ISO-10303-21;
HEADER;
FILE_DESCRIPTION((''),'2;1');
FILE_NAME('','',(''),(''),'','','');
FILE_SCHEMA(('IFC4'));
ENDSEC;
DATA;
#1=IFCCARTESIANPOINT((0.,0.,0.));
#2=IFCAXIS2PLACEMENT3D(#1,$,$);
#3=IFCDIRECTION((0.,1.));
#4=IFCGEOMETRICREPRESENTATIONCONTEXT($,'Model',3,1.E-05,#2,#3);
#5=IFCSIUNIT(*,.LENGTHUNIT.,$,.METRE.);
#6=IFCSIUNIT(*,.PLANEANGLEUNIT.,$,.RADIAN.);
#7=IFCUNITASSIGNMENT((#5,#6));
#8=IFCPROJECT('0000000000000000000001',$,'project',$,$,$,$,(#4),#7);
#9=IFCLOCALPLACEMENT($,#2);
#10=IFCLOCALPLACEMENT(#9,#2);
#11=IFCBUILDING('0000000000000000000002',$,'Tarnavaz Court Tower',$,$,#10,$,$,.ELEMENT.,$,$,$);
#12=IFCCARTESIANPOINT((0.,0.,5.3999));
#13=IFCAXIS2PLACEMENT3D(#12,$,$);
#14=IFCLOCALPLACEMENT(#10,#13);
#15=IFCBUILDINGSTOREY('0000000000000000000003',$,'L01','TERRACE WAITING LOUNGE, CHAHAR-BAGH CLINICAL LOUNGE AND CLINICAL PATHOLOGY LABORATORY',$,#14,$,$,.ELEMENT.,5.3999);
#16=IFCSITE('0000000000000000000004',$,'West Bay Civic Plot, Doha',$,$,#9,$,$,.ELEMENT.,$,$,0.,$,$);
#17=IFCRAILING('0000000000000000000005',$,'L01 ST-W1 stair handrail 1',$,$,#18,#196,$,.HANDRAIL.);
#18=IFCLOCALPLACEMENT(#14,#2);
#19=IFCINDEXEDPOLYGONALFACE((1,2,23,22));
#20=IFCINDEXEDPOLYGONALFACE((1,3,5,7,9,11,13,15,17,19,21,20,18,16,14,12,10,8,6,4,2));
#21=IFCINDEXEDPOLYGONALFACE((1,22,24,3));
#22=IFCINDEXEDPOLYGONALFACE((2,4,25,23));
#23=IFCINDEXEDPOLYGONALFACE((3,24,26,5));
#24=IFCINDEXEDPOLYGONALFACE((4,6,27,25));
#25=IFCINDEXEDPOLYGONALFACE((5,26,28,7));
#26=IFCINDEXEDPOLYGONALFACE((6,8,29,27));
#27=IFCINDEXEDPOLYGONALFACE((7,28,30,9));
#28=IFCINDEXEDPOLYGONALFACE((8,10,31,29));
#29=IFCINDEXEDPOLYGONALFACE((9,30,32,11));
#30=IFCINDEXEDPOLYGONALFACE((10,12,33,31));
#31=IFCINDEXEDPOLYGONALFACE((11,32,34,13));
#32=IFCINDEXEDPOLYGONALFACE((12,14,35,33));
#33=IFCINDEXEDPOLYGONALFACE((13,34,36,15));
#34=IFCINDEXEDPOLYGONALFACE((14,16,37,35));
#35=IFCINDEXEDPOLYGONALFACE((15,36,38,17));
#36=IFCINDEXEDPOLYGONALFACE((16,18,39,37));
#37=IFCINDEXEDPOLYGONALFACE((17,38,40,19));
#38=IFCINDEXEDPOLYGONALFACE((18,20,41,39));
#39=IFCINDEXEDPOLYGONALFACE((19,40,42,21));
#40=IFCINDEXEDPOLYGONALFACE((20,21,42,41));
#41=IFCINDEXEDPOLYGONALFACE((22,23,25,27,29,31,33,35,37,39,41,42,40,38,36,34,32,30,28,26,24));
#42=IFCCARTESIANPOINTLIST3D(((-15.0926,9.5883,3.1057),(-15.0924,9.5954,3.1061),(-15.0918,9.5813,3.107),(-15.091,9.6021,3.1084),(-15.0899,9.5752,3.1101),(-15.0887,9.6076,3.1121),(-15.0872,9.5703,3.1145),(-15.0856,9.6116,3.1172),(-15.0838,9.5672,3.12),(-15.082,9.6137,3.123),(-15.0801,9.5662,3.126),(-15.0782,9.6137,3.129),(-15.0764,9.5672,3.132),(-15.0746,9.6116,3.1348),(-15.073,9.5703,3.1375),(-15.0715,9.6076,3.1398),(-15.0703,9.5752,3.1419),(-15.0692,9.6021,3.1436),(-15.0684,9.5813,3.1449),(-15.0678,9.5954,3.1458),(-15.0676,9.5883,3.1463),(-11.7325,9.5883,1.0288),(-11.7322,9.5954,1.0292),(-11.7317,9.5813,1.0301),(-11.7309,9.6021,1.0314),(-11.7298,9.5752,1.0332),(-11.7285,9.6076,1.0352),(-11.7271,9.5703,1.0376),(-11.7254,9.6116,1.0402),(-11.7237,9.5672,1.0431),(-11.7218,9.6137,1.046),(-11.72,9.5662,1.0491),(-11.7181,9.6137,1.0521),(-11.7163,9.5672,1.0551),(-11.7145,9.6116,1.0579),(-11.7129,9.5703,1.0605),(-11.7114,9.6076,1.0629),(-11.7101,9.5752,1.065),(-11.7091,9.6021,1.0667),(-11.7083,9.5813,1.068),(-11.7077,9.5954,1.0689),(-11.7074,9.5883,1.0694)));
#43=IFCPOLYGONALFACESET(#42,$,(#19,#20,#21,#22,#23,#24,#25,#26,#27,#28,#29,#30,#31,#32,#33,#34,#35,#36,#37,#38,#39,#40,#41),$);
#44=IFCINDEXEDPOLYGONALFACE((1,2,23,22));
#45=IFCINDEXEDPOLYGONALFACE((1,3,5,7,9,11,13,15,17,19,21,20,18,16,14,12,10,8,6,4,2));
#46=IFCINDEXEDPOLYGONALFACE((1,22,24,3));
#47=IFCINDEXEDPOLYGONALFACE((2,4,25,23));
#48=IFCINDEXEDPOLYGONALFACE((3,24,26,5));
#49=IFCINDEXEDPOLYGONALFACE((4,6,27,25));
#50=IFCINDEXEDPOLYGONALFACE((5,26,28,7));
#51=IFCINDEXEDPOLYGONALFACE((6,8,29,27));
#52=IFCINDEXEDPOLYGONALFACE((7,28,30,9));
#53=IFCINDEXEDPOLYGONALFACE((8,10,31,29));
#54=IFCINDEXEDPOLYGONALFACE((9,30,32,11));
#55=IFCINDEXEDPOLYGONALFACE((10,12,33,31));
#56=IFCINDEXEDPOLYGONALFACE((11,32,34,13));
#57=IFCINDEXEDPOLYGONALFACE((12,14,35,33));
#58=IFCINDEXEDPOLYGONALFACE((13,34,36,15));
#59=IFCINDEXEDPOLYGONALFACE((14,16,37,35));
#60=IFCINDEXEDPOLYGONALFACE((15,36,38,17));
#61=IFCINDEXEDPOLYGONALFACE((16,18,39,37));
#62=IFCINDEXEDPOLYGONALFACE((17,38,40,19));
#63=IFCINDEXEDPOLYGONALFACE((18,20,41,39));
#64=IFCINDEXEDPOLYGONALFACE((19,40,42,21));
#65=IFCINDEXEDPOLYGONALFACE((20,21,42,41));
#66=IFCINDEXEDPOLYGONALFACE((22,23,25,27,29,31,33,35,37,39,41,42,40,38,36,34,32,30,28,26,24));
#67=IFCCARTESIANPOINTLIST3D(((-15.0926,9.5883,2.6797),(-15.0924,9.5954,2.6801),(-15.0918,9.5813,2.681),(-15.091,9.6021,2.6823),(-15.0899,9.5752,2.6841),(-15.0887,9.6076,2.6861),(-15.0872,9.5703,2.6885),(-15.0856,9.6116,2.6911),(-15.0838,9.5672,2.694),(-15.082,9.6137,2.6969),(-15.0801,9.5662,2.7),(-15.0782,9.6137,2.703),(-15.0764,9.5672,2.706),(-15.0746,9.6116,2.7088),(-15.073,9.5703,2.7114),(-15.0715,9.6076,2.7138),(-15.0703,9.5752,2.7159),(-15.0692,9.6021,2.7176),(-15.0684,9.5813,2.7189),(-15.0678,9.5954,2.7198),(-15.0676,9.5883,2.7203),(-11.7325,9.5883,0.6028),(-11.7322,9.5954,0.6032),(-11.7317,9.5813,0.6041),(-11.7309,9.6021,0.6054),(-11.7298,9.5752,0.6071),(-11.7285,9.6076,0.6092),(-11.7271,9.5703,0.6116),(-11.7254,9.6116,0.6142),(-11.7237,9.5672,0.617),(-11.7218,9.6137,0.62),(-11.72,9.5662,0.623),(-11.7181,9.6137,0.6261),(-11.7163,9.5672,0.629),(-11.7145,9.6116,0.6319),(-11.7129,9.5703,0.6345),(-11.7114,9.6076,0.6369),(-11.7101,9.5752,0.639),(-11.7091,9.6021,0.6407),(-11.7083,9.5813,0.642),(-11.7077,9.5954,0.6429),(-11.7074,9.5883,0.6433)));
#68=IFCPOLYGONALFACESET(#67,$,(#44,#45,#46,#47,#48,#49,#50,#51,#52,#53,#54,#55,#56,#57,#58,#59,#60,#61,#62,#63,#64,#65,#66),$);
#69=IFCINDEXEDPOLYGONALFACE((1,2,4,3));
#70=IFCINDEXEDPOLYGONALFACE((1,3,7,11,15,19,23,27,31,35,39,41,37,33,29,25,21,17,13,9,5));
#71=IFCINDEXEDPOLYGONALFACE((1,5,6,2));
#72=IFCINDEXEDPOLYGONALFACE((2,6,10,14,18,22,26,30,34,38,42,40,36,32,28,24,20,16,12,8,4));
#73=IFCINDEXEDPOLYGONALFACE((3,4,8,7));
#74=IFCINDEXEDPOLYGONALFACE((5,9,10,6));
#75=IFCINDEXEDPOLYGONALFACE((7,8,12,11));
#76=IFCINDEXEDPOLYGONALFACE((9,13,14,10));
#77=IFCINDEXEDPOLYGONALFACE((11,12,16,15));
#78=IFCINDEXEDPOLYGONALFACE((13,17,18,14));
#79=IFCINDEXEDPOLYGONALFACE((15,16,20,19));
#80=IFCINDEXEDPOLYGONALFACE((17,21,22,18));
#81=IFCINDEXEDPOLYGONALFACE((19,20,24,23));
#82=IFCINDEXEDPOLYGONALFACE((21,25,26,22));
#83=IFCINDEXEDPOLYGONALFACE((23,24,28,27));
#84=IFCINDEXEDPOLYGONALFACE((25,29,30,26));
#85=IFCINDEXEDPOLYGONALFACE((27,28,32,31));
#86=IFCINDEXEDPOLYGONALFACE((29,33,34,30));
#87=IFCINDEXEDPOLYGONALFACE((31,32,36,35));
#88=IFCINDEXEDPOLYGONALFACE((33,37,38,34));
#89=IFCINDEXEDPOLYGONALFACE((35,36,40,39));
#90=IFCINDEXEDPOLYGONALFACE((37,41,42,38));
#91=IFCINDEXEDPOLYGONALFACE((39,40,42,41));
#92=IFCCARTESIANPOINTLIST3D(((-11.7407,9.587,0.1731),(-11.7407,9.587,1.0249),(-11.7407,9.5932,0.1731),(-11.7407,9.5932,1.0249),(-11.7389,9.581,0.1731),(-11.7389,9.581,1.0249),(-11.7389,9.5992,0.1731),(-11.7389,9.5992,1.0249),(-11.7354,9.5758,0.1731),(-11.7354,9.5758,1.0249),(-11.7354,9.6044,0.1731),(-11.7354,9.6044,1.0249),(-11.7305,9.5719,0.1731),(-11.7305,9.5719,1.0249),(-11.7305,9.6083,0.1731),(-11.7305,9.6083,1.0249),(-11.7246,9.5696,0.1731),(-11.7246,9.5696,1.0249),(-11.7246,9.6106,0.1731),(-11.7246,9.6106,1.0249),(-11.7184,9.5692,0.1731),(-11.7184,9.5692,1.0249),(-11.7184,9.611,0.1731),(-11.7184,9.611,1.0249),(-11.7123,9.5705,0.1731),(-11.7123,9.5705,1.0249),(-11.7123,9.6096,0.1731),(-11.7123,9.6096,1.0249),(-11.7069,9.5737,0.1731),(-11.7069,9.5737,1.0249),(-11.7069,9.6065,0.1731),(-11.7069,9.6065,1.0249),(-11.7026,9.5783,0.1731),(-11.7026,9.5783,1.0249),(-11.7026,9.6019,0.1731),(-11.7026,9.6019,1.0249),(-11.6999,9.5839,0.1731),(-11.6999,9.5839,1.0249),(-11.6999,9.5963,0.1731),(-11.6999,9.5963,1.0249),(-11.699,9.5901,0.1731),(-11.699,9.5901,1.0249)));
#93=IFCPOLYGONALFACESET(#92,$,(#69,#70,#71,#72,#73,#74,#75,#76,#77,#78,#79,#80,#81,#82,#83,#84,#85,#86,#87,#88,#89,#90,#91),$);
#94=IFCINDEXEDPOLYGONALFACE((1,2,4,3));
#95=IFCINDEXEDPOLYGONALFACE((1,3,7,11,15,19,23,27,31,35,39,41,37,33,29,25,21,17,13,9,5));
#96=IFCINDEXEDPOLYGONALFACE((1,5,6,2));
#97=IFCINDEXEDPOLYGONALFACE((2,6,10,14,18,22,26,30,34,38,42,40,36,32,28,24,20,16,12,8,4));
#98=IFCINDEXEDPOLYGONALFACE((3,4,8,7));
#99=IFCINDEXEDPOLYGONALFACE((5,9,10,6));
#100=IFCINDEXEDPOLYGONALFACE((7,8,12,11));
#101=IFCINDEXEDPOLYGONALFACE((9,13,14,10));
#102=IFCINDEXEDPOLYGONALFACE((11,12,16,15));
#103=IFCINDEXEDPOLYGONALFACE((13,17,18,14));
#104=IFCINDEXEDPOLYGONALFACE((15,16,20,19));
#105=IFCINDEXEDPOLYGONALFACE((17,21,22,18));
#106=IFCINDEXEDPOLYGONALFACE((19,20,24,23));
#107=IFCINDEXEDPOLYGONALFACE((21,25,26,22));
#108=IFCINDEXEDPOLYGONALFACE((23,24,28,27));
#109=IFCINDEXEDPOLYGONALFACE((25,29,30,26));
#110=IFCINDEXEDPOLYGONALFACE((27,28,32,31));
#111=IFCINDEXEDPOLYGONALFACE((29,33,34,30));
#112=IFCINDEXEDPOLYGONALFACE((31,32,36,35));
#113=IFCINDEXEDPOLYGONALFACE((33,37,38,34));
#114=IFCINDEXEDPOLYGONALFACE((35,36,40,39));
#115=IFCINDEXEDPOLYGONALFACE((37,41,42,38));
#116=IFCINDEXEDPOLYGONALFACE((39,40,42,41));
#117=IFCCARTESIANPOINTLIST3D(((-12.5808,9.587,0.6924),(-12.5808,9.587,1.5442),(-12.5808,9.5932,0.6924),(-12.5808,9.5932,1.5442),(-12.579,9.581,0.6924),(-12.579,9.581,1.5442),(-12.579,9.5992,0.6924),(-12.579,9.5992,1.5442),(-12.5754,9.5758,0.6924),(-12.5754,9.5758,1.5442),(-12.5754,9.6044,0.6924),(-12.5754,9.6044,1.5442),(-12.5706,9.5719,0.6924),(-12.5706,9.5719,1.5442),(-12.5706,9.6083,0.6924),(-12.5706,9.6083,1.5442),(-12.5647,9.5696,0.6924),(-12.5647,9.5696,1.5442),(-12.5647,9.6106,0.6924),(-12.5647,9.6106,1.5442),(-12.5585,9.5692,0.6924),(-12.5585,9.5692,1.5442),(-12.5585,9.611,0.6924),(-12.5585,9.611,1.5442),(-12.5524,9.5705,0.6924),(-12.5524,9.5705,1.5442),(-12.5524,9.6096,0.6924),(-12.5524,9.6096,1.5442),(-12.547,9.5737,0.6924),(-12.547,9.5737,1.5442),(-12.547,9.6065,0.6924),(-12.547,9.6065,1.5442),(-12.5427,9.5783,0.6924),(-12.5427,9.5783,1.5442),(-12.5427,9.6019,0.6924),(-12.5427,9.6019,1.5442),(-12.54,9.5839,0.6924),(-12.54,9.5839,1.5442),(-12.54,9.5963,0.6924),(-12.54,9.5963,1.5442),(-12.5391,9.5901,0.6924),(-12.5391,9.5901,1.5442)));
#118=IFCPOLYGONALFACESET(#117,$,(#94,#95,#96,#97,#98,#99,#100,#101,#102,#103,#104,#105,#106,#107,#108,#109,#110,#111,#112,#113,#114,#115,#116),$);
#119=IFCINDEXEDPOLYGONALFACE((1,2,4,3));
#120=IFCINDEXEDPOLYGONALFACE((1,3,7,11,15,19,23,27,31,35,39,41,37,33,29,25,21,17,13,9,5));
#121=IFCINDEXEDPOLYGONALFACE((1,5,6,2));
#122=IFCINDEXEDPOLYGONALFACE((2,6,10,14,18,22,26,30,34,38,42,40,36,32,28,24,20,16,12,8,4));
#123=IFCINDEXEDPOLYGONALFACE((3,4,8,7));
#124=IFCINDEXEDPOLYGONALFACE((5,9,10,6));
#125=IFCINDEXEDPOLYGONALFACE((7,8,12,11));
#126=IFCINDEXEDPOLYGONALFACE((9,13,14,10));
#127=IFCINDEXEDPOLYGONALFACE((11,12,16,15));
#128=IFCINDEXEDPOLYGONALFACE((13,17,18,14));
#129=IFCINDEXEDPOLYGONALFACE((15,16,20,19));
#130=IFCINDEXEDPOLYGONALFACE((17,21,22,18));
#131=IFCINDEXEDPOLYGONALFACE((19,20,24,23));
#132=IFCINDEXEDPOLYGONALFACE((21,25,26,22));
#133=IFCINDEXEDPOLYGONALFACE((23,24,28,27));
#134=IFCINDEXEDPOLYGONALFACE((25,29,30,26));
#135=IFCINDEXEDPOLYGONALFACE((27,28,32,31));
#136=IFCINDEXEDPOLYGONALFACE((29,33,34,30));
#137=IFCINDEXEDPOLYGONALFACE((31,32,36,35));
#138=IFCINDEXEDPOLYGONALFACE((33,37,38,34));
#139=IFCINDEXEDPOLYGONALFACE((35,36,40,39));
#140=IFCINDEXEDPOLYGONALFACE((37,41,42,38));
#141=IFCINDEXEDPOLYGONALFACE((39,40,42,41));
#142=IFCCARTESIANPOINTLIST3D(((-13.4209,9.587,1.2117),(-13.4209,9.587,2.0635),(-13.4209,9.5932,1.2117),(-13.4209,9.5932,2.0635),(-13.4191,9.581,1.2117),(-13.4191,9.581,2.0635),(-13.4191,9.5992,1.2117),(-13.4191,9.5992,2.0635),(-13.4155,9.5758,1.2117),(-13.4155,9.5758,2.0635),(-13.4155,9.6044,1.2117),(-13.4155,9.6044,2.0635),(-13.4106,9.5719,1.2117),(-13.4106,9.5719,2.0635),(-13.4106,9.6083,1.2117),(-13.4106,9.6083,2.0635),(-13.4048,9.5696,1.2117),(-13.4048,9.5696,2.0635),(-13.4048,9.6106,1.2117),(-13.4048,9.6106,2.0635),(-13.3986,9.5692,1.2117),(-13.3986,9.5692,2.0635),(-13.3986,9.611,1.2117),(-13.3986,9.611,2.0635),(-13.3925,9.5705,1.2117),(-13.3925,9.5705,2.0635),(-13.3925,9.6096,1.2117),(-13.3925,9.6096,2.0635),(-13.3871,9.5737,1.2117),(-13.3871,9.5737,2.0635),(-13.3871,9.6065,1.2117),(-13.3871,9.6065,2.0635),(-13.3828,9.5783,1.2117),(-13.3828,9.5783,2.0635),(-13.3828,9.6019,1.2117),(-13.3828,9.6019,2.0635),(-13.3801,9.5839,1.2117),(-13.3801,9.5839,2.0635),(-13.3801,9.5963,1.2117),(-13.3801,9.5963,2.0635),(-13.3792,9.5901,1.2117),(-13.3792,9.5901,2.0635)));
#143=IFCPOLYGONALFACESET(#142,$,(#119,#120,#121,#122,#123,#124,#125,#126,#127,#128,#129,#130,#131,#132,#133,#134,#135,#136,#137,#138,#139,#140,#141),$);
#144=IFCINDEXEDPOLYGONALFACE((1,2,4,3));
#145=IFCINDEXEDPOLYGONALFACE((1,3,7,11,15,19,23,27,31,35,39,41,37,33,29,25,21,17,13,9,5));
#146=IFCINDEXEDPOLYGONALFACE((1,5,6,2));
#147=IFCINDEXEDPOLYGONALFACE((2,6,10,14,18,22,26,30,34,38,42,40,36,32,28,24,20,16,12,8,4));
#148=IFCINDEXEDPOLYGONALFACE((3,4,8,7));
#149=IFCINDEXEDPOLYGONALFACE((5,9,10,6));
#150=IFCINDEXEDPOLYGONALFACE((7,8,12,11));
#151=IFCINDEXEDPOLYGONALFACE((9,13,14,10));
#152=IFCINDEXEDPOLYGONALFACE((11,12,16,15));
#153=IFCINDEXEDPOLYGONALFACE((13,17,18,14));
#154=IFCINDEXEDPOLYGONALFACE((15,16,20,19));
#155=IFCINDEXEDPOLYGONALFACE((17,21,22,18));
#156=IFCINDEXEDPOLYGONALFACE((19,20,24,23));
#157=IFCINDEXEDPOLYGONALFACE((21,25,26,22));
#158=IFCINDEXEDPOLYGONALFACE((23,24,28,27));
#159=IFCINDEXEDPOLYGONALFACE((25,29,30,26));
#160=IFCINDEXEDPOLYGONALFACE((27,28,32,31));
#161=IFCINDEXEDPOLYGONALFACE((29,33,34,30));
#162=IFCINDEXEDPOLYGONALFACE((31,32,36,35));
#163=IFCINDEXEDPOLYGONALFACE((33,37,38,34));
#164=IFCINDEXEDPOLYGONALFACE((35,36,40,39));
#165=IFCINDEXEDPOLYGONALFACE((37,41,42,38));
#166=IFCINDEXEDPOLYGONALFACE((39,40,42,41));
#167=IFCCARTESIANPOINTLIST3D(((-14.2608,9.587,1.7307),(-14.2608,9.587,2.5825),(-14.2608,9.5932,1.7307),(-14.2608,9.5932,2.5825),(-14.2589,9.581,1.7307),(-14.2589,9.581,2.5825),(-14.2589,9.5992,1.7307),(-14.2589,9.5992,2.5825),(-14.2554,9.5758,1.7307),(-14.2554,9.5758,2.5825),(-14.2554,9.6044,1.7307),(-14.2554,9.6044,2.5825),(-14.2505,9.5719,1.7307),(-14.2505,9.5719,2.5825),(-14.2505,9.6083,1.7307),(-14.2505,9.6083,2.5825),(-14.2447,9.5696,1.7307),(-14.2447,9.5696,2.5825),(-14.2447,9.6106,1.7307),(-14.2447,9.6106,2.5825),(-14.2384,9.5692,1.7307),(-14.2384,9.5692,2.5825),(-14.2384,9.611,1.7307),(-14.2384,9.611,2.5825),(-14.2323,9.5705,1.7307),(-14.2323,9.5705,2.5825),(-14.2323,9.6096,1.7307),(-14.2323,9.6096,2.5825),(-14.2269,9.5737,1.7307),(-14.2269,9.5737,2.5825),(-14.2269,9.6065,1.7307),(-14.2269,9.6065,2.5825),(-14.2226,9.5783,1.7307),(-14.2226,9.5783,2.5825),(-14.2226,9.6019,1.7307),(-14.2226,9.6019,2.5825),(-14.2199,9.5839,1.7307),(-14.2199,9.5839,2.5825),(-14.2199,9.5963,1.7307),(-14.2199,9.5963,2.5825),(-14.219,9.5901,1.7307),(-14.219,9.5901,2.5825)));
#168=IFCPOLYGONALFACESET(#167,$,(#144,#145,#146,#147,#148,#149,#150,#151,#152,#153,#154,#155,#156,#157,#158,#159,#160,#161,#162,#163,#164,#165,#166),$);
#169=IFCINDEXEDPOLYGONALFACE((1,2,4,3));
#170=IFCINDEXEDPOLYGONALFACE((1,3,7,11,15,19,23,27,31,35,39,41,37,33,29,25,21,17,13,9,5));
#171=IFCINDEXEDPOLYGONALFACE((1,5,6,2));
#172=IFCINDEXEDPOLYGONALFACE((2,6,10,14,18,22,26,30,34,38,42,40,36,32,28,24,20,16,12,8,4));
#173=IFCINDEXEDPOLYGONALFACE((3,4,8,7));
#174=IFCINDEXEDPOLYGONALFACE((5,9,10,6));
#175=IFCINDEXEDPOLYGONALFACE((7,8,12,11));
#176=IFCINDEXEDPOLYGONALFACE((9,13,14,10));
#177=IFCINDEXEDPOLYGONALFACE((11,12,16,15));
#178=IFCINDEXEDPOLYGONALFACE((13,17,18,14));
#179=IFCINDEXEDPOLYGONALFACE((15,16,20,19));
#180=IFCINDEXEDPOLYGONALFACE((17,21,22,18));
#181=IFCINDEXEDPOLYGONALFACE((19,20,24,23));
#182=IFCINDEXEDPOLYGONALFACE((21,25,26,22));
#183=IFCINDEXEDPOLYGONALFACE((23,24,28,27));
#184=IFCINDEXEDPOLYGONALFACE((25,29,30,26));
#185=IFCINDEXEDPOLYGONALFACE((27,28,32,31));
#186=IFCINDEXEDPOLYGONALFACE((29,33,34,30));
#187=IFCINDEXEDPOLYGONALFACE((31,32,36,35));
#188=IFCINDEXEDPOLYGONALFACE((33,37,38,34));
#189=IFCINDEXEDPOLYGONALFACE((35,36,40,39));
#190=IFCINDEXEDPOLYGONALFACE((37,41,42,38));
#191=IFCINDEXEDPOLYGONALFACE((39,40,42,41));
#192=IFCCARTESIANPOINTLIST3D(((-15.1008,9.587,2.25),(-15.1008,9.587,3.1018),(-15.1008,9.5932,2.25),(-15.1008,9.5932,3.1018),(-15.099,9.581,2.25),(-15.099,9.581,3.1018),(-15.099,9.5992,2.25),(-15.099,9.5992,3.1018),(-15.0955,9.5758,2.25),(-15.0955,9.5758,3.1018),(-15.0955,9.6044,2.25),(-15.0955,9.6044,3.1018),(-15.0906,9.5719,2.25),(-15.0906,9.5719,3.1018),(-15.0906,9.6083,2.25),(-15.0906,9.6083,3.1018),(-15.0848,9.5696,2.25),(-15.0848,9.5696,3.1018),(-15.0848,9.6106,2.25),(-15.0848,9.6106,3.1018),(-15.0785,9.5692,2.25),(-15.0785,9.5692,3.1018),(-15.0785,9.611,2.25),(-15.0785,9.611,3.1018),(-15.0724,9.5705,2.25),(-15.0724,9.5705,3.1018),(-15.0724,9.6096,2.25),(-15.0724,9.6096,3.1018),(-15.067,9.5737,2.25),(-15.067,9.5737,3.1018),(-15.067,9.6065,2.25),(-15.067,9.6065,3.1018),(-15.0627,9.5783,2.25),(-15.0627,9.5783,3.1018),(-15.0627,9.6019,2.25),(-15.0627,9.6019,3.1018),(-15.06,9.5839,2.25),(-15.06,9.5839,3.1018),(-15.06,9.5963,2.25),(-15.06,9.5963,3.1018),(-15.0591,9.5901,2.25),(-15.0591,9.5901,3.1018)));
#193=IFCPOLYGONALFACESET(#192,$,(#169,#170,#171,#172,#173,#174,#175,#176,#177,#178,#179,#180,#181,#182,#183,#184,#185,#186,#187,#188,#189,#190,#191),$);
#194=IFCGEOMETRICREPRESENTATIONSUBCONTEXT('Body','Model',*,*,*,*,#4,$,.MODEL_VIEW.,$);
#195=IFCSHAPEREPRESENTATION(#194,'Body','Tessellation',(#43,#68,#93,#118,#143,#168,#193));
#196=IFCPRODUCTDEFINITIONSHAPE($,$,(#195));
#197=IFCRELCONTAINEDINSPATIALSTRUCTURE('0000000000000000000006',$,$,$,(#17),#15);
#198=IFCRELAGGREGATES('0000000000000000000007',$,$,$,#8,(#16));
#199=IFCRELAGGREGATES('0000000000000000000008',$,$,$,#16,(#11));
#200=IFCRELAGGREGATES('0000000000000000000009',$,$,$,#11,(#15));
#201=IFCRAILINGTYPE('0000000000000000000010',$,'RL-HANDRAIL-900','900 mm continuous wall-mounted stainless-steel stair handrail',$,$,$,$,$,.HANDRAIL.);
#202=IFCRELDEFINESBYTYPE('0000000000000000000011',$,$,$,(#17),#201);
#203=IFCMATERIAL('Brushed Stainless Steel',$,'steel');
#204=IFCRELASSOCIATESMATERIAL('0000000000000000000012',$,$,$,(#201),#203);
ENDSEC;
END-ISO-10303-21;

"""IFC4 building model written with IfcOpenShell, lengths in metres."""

from ifc_helpers import new_model, si_unit, direction, frame, origin, origin_2d, place, context, subcontext, project, spatial, circle, extrude, material, type_object, element, save


model = new_model("IFC4")

# Units and contexts
model_context = context("Model", 3, precision=1e-05, world=origin(), true_north=direction((0.0, 1.0)))
body_context = subcontext(model_context, "Body", "Model", "MODEL_VIEW")
ifc_project = project(units=[si_unit("LENGTHUNIT", "METRE"), si_unit("PLANEANGLEUNIT", "RADIAN")], contexts=[model_context])

# Site, building, storey
site_placement = place(None, origin())
site = spatial("IfcSite", under=ifc_project, at=site_placement, Name="West Bay Civic Plot, Doha", CompositionType="ELEMENT", RefElevation=0.0)
building_placement = place(site_placement, origin())
building = spatial("IfcBuilding", under=site, at=building_placement, Name="Tarnavaz Court Tower", CompositionType="ELEMENT")
storey_placement = place(building_placement, frame((0.0, 0.0, 5.3999)))
storey = spatial("IfcBuildingStorey", under=building, at=storey_placement, Name="L01", Description="TERRACE WAITING LOUNGE, CHAHAR-BAGH CLINICAL LOUNGE AND CLINICAL PATHOLOGY LABORATORY", CompositionType="ELEMENT", Elevation=5.3999)

# Railing
ifc_material_1 = material(Name="Brushed Stainless Steel", Category="steel")
railing_type_1 = type_object("IfcRailingType", Name="RL-HANDRAIL-900", Description="900 mm continuous wall-mounted stainless-steel stair handrail", PredefinedType="HANDRAIL", material=ifc_material_1)
railing_1_placement = place(storey_placement, frame((-11.72, 9.5901, 0.1731)))
element("IfcRailing", 1, at=railing_1_placement, inside=storey, type_object=railing_type_1, Name="L01 ST-W1 stair handrail 1", PredefinedType="HANDRAIL", context=body_context, shape_type="SweptSolid", body=[
    extrude(circle(Radius=0.0239, at=origin_2d()), frame((0.0, 0.0, 0.876), z_axis=(-0.850623, 0.0, 0.525776), x_axis=(0.0, -1.0, 0.0)), (0.0, 0.0, 1.0), 3.9502),
    extrude(circle(Radius=0.0239, at=origin_2d()), frame((0.0, 0.0, 0.45), z_axis=(-0.850623, 0.0, 0.525776), x_axis=(0.0, -1.0, 0.0)), (0.0, 0.0, 1.0), 3.9502),
    extrude(circle(Radius=0.021, at=origin_2d()), origin(), (0.0, 0.0, 1.0), 0.8518),
    extrude(circle(Radius=0.021, at=origin_2d()), frame((-0.8401, 0.0, 0.5193)), (0.0, 0.0, 1.0), 0.8518),
    extrude(circle(Radius=0.021, at=origin_2d()), frame((-1.6802, 0.0, 1.0386)), (0.0, 0.0, 1.0), 0.8518),
    extrude(circle(Radius=0.021, at=origin_2d()), frame((-2.52, 0.0, 1.5576)), (0.0, 0.0, 1.0), 0.8518),
    extrude(circle(Radius=0.021, at=origin_2d()), frame((-3.3601, 0.0, 2.0769)), (0.0, 0.0, 1.0), 0.8518),
])

save(model, "model.ifc")
